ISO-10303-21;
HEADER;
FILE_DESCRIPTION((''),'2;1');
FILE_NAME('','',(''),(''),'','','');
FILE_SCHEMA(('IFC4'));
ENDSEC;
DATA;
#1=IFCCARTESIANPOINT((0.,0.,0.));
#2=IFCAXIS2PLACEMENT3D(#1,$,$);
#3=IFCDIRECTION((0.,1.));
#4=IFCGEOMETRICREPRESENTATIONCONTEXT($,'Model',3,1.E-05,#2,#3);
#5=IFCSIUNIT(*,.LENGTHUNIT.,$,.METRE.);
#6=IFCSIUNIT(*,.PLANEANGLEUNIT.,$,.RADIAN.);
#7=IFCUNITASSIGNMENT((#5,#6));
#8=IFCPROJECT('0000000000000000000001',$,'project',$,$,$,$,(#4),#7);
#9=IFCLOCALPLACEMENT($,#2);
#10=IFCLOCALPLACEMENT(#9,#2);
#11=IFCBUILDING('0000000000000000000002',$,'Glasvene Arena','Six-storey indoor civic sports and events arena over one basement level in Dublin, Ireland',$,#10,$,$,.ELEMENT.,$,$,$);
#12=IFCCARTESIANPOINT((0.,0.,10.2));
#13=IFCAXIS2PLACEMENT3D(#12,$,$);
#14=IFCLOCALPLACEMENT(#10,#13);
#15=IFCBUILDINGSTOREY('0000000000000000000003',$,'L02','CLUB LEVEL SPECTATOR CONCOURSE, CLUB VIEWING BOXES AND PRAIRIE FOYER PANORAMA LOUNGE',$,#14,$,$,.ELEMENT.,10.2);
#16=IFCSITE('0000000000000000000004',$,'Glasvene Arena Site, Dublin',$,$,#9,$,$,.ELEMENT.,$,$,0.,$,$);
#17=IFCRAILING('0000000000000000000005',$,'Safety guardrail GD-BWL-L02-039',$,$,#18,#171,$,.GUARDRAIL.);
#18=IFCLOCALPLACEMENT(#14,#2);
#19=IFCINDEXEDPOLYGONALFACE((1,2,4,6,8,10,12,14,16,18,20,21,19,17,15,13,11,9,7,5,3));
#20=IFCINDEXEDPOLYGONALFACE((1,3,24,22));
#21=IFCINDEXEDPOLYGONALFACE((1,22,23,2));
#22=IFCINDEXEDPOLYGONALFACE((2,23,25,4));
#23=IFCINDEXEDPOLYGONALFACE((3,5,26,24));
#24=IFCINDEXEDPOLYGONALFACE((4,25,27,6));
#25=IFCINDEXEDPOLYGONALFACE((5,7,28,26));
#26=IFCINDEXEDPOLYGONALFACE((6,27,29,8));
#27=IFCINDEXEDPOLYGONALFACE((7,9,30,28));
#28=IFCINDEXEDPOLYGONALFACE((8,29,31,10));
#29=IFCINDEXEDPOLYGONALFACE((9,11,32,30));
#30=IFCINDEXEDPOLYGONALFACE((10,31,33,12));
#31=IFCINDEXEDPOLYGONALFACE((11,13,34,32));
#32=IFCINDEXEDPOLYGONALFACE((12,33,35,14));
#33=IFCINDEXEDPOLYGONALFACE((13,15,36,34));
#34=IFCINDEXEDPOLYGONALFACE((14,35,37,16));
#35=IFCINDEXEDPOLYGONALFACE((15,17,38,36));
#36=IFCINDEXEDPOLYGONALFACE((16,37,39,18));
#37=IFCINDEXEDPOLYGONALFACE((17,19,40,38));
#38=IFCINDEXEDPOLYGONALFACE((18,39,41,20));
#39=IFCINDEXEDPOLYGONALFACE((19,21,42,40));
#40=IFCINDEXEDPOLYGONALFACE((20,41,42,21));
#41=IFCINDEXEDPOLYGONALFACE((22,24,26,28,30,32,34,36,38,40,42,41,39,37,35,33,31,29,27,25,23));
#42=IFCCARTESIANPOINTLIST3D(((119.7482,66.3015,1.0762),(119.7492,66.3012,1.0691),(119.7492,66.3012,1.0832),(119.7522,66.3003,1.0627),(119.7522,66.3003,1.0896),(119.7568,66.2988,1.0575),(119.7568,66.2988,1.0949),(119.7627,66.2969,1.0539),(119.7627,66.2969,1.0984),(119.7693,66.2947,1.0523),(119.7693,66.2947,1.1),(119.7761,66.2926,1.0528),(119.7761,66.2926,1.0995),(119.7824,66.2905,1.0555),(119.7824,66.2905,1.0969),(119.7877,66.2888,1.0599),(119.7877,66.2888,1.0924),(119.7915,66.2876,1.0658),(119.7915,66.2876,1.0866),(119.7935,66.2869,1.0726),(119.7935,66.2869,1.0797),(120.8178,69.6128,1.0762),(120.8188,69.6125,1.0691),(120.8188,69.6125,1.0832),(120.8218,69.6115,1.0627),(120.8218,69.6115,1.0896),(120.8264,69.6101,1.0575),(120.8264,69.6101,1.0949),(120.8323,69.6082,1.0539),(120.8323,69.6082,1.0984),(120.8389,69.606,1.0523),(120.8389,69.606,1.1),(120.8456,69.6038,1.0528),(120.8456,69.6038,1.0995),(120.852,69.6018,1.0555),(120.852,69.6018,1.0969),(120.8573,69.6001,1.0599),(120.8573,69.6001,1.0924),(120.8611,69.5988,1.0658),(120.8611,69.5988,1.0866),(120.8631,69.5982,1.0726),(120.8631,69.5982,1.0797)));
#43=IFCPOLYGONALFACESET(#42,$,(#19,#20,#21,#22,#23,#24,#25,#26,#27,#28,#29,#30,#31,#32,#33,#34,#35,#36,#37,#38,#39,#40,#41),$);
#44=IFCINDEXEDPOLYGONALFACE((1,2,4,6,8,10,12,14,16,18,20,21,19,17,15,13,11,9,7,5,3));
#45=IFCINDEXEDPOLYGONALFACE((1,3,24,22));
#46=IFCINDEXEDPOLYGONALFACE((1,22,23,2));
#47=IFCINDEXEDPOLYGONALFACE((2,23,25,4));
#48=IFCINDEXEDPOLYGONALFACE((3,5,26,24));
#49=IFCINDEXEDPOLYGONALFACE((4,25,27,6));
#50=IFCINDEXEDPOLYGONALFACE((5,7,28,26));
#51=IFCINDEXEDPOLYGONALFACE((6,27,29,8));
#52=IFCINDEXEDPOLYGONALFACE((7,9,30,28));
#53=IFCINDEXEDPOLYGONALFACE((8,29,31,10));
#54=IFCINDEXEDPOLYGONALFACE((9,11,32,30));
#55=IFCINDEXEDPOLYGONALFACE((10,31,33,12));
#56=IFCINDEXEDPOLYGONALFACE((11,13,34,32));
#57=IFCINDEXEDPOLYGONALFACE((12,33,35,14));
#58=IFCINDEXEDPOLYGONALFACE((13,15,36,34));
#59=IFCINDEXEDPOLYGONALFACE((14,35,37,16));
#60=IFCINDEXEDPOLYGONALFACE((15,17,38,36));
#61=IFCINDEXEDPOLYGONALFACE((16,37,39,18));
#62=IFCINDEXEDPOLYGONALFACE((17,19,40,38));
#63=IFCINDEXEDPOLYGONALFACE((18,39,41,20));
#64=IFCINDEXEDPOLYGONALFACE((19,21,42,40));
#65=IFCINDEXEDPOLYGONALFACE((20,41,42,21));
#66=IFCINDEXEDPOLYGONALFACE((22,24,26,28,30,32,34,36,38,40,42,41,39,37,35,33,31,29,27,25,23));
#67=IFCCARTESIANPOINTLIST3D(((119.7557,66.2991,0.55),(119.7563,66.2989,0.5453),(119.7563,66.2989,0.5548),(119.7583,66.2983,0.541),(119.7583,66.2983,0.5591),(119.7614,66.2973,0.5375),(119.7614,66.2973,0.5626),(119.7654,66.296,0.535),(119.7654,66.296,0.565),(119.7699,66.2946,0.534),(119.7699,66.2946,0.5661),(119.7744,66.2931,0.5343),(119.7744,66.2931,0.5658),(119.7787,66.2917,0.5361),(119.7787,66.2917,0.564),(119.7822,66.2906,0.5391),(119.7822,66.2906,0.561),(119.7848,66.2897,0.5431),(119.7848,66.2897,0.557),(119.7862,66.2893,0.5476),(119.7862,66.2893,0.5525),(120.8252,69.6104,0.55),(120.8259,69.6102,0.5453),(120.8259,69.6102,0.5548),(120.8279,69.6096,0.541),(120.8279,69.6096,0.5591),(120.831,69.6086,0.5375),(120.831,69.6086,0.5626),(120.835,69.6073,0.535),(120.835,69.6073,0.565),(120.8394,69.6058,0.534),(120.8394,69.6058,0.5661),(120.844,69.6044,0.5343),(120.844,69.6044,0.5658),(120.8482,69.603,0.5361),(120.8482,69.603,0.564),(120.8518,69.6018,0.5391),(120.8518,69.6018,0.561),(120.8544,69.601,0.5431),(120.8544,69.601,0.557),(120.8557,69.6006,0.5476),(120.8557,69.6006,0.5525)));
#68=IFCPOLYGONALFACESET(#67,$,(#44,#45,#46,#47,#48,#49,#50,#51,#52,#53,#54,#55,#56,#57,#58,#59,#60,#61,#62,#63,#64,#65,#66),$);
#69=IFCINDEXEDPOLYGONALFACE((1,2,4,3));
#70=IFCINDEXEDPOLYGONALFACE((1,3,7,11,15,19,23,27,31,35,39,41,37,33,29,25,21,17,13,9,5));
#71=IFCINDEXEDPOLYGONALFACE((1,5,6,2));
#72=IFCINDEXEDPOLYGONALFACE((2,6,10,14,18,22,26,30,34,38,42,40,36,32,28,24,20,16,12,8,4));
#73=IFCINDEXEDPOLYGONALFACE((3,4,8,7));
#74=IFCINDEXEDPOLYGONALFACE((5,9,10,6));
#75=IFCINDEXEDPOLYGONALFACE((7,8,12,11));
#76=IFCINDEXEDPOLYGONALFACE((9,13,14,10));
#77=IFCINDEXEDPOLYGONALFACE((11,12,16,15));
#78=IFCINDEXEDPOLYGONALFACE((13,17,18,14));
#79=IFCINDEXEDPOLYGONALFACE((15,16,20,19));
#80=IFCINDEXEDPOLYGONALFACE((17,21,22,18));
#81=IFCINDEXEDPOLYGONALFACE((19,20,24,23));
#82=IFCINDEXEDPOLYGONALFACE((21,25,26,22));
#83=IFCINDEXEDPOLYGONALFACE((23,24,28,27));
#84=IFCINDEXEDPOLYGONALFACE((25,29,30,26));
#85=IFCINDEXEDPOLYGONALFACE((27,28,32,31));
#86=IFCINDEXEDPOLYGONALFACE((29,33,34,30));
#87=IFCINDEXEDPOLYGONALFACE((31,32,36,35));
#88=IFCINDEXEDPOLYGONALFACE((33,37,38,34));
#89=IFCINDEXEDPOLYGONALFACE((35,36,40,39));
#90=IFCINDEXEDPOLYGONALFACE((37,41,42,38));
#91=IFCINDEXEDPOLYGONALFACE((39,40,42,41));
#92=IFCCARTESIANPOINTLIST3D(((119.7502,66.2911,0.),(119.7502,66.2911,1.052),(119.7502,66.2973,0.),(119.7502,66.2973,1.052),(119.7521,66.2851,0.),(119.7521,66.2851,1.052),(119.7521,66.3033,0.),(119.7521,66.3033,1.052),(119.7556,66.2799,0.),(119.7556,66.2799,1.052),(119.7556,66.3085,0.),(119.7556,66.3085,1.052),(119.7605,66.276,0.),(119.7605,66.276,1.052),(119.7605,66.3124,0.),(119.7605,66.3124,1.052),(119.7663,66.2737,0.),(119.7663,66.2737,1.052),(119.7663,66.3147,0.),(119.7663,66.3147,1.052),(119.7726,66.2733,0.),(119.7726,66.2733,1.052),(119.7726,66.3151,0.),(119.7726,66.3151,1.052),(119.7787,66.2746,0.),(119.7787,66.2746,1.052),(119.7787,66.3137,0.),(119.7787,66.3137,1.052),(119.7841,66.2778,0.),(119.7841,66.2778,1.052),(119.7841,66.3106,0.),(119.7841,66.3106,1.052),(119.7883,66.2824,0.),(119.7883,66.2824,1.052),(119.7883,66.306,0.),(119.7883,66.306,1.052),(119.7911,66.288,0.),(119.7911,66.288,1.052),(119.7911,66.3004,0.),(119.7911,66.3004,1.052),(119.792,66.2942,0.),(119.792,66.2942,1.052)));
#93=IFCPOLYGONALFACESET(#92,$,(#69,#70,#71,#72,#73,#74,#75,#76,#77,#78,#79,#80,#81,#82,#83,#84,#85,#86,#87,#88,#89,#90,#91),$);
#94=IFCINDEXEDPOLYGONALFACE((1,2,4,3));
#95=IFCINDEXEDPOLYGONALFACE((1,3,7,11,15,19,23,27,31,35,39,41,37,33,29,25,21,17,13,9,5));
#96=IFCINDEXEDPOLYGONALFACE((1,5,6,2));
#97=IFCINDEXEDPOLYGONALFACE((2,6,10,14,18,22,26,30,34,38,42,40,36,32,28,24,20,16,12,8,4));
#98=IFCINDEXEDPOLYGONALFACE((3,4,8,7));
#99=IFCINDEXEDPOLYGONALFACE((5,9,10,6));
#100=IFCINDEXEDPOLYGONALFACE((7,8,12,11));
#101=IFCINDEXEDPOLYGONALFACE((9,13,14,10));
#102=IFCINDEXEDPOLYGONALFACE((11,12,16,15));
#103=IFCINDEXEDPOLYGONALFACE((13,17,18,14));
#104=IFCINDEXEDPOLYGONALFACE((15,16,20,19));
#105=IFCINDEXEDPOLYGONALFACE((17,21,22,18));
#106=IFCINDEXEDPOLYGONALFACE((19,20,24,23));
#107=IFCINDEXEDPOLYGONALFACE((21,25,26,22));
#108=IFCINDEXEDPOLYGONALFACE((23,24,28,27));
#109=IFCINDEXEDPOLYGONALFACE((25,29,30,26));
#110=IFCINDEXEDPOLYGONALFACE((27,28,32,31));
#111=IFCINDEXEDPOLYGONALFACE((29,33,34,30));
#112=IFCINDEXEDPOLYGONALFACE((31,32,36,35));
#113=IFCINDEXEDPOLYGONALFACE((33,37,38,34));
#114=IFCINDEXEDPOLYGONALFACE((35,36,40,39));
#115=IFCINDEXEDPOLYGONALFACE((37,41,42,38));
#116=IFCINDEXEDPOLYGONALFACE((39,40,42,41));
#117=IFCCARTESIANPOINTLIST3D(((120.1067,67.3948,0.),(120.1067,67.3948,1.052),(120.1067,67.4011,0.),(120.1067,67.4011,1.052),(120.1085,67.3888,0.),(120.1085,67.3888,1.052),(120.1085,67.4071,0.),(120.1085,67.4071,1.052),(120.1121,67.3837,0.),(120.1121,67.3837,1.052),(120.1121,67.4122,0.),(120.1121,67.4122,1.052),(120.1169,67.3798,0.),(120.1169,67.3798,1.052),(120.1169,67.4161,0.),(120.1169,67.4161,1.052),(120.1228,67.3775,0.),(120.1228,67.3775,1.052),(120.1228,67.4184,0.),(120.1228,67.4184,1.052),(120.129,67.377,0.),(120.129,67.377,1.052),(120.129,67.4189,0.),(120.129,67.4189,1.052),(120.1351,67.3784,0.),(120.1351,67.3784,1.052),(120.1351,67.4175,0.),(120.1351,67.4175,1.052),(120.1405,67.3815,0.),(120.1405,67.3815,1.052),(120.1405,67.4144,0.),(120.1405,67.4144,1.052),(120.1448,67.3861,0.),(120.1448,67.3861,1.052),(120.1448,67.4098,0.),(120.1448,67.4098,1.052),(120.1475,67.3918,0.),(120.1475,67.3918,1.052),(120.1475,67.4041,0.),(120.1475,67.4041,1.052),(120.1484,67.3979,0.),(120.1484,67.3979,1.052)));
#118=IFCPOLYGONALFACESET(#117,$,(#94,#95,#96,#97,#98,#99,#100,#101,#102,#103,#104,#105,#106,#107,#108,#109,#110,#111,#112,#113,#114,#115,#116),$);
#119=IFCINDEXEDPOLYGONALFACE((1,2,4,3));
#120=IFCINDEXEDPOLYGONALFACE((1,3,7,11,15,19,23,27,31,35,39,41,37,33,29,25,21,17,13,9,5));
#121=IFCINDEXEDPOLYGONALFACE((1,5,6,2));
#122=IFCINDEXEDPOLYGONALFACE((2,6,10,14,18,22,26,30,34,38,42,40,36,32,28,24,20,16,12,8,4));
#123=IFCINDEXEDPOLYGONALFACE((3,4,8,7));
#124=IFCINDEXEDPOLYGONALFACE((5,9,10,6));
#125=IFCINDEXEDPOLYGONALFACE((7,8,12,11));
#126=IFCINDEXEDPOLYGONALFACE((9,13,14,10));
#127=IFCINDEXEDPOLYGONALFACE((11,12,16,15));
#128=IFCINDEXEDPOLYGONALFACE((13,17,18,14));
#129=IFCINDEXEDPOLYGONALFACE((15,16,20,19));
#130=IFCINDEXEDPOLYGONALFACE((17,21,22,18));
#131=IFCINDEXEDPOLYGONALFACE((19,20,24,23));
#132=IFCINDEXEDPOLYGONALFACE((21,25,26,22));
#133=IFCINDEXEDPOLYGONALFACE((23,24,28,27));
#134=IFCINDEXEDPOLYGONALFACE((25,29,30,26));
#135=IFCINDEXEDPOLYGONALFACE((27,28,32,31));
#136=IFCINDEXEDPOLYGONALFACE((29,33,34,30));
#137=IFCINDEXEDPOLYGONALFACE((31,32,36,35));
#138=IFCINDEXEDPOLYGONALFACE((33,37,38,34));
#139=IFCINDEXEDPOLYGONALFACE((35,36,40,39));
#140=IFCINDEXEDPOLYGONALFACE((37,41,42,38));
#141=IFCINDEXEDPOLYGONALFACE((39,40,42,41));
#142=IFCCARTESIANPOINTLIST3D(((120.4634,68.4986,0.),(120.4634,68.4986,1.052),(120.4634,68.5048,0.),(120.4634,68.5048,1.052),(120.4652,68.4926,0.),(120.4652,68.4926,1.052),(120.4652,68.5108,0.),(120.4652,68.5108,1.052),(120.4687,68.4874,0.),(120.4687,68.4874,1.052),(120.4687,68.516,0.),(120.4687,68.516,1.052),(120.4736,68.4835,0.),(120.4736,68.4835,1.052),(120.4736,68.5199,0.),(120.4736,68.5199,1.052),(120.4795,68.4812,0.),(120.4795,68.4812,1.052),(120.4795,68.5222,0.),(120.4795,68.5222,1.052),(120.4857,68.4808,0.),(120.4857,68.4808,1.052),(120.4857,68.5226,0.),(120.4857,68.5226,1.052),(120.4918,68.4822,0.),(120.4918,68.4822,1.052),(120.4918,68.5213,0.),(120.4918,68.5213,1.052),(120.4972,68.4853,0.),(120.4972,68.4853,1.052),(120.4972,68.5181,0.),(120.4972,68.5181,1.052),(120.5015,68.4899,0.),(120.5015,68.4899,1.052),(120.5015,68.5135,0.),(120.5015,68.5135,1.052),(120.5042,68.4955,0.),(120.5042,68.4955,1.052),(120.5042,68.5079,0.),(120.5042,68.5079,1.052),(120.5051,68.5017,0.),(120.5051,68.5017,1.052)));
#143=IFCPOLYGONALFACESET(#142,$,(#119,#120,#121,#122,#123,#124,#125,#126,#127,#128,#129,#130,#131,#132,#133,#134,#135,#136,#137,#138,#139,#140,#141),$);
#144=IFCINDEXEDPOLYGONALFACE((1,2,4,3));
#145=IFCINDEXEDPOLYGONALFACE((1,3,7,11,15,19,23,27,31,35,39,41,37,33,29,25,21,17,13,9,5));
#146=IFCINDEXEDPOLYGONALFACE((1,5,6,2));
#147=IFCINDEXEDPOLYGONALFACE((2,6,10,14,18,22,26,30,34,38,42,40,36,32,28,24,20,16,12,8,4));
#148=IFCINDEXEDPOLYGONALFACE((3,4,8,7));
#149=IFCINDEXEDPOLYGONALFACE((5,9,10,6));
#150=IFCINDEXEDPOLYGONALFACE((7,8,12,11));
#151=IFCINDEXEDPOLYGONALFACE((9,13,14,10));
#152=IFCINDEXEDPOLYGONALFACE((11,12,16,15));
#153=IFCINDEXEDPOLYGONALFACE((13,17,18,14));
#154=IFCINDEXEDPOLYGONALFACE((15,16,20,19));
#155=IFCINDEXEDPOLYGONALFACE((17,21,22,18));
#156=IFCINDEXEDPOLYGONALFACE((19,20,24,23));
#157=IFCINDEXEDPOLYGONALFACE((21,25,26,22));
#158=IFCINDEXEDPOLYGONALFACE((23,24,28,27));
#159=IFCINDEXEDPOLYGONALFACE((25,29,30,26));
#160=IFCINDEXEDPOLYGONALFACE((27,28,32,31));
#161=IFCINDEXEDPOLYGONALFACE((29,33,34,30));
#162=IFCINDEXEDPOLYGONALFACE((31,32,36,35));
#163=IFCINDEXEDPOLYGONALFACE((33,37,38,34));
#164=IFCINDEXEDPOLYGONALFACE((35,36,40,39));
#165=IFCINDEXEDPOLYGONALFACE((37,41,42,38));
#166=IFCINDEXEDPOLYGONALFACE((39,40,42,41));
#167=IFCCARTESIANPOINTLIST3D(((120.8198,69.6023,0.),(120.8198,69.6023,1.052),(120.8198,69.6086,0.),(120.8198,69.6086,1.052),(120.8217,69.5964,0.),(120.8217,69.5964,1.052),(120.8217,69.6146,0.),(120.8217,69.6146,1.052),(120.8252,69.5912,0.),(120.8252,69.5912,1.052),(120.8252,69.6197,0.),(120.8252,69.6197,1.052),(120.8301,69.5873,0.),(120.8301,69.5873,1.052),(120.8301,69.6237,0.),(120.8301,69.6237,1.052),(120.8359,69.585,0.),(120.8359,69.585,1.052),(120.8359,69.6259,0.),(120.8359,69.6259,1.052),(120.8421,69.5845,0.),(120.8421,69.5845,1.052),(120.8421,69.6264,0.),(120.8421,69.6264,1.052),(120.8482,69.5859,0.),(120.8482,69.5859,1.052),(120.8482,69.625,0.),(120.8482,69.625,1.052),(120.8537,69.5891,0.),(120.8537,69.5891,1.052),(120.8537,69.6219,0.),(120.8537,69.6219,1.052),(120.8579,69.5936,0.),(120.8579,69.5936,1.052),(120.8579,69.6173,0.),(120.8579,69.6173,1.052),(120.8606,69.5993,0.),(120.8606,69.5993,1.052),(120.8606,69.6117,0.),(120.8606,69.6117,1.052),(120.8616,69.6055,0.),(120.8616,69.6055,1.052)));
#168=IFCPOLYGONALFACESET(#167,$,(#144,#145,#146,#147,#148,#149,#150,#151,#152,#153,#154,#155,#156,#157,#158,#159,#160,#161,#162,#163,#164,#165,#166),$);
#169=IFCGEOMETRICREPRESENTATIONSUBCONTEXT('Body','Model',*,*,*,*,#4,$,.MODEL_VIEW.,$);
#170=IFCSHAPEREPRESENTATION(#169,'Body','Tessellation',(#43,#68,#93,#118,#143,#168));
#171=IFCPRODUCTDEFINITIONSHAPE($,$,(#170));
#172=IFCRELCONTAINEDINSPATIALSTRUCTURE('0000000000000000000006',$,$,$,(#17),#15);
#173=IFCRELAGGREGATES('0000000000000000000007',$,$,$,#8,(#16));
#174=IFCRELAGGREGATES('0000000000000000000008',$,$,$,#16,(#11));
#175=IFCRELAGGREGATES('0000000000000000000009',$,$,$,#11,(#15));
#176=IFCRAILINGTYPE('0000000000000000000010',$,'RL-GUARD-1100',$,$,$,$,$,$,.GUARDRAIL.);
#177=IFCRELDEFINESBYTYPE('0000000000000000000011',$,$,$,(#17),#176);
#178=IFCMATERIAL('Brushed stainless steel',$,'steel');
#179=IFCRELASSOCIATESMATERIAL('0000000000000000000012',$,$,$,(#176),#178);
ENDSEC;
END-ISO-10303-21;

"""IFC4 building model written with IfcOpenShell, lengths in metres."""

from ifc_helpers import new_model, si_unit, direction, frame, origin, origin_2d, place, context, subcontext, project, spatial, circle, extrude, material, type_object, element, save


model = new_model("IFC4")

# Units and contexts
model_context = context("Model", 3, precision=1e-05, world=origin(), true_north=direction((0.0, 1.0)))
body_context = subcontext(model_context, "Body", "Model", "MODEL_VIEW")
ifc_project = project(units=[si_unit("LENGTHUNIT", "METRE"), si_unit("PLANEANGLEUNIT", "RADIAN")], contexts=[model_context])

# Site, building, storey
site_placement = place(None, origin())
site = spatial("IfcSite", under=ifc_project, at=site_placement, Name="Glasvene Arena Site, Dublin", CompositionType="ELEMENT", RefElevation=0.0)
building_placement = place(site_placement, origin())
building = spatial("IfcBuilding", under=site, at=building_placement, Name="Glasvene Arena", Description="Six-storey indoor civic sports and events arena over one basement level in Dublin, Ireland", CompositionType="ELEMENT")
storey_placement = place(building_placement, frame((0.0, 0.0, 10.2)))
storey = spatial("IfcBuildingStorey", under=building, at=storey_placement, Name="L02", Description="CLUB LEVEL SPECTATOR CONCOURSE, CLUB VIEWING BOXES AND PRAIRIE FOYER PANORAMA LOUNGE", CompositionType="ELEMENT", Elevation=10.2)

# Railing
ifc_material_1 = material(Name="Brushed stainless steel", Category="steel")
railing_type_1 = type_object("IfcRailingType", Name="RL-GUARD-1100", PredefinedType="GUARDRAIL", material=ifc_material_1)
railing_1_placement = place(storey_placement, frame((119.771, 66.2942, 0.0)))
element("IfcRailing", 1, at=railing_1_placement, inside=storey, type_object=railing_type_1, Name="Safety guardrail GD-BWL-L02-039", PredefinedType="GUARDRAIL", context=body_context, shape_type="SweptSolid", body=[
    extrude(circle(Radius=0.0239, at=origin_2d()), frame((0.0, 0.0, 1.0762), z_axis=(0.307374, 0.951589, 0.0), x_axis=(-0.951589, 0.307374, 0.0)), (0.0, 0.0, 1.0), 3.4797),
    extrude(circle(Radius=0.0161, at=origin_2d()), frame((0.0, 0.0, 0.55), z_axis=(0.307374, 0.951589, 0.0), x_axis=(-0.951589, 0.307374, 0.0)), (0.0, 0.0, 1.0), 3.4797),
    extrude(circle(Radius=0.021, at=origin_2d()), origin(), (0.0, 0.0, 1.0), 1.052),
    extrude(circle(Radius=0.021, at=origin_2d()), frame((0.3564, 1.1038, 0.0)), (0.0, 0.0, 1.0), 1.052),
    extrude(circle(Radius=0.021, at=origin_2d()), frame((0.7131, 2.2075, 0.0)), (0.0, 0.0, 1.0), 1.052),
    extrude(circle(Radius=0.021, at=origin_2d()), frame((1.0696, 3.3113, 0.0)), (0.0, 0.0, 1.0), 1.052),
])

save(model, "model.ifc")
